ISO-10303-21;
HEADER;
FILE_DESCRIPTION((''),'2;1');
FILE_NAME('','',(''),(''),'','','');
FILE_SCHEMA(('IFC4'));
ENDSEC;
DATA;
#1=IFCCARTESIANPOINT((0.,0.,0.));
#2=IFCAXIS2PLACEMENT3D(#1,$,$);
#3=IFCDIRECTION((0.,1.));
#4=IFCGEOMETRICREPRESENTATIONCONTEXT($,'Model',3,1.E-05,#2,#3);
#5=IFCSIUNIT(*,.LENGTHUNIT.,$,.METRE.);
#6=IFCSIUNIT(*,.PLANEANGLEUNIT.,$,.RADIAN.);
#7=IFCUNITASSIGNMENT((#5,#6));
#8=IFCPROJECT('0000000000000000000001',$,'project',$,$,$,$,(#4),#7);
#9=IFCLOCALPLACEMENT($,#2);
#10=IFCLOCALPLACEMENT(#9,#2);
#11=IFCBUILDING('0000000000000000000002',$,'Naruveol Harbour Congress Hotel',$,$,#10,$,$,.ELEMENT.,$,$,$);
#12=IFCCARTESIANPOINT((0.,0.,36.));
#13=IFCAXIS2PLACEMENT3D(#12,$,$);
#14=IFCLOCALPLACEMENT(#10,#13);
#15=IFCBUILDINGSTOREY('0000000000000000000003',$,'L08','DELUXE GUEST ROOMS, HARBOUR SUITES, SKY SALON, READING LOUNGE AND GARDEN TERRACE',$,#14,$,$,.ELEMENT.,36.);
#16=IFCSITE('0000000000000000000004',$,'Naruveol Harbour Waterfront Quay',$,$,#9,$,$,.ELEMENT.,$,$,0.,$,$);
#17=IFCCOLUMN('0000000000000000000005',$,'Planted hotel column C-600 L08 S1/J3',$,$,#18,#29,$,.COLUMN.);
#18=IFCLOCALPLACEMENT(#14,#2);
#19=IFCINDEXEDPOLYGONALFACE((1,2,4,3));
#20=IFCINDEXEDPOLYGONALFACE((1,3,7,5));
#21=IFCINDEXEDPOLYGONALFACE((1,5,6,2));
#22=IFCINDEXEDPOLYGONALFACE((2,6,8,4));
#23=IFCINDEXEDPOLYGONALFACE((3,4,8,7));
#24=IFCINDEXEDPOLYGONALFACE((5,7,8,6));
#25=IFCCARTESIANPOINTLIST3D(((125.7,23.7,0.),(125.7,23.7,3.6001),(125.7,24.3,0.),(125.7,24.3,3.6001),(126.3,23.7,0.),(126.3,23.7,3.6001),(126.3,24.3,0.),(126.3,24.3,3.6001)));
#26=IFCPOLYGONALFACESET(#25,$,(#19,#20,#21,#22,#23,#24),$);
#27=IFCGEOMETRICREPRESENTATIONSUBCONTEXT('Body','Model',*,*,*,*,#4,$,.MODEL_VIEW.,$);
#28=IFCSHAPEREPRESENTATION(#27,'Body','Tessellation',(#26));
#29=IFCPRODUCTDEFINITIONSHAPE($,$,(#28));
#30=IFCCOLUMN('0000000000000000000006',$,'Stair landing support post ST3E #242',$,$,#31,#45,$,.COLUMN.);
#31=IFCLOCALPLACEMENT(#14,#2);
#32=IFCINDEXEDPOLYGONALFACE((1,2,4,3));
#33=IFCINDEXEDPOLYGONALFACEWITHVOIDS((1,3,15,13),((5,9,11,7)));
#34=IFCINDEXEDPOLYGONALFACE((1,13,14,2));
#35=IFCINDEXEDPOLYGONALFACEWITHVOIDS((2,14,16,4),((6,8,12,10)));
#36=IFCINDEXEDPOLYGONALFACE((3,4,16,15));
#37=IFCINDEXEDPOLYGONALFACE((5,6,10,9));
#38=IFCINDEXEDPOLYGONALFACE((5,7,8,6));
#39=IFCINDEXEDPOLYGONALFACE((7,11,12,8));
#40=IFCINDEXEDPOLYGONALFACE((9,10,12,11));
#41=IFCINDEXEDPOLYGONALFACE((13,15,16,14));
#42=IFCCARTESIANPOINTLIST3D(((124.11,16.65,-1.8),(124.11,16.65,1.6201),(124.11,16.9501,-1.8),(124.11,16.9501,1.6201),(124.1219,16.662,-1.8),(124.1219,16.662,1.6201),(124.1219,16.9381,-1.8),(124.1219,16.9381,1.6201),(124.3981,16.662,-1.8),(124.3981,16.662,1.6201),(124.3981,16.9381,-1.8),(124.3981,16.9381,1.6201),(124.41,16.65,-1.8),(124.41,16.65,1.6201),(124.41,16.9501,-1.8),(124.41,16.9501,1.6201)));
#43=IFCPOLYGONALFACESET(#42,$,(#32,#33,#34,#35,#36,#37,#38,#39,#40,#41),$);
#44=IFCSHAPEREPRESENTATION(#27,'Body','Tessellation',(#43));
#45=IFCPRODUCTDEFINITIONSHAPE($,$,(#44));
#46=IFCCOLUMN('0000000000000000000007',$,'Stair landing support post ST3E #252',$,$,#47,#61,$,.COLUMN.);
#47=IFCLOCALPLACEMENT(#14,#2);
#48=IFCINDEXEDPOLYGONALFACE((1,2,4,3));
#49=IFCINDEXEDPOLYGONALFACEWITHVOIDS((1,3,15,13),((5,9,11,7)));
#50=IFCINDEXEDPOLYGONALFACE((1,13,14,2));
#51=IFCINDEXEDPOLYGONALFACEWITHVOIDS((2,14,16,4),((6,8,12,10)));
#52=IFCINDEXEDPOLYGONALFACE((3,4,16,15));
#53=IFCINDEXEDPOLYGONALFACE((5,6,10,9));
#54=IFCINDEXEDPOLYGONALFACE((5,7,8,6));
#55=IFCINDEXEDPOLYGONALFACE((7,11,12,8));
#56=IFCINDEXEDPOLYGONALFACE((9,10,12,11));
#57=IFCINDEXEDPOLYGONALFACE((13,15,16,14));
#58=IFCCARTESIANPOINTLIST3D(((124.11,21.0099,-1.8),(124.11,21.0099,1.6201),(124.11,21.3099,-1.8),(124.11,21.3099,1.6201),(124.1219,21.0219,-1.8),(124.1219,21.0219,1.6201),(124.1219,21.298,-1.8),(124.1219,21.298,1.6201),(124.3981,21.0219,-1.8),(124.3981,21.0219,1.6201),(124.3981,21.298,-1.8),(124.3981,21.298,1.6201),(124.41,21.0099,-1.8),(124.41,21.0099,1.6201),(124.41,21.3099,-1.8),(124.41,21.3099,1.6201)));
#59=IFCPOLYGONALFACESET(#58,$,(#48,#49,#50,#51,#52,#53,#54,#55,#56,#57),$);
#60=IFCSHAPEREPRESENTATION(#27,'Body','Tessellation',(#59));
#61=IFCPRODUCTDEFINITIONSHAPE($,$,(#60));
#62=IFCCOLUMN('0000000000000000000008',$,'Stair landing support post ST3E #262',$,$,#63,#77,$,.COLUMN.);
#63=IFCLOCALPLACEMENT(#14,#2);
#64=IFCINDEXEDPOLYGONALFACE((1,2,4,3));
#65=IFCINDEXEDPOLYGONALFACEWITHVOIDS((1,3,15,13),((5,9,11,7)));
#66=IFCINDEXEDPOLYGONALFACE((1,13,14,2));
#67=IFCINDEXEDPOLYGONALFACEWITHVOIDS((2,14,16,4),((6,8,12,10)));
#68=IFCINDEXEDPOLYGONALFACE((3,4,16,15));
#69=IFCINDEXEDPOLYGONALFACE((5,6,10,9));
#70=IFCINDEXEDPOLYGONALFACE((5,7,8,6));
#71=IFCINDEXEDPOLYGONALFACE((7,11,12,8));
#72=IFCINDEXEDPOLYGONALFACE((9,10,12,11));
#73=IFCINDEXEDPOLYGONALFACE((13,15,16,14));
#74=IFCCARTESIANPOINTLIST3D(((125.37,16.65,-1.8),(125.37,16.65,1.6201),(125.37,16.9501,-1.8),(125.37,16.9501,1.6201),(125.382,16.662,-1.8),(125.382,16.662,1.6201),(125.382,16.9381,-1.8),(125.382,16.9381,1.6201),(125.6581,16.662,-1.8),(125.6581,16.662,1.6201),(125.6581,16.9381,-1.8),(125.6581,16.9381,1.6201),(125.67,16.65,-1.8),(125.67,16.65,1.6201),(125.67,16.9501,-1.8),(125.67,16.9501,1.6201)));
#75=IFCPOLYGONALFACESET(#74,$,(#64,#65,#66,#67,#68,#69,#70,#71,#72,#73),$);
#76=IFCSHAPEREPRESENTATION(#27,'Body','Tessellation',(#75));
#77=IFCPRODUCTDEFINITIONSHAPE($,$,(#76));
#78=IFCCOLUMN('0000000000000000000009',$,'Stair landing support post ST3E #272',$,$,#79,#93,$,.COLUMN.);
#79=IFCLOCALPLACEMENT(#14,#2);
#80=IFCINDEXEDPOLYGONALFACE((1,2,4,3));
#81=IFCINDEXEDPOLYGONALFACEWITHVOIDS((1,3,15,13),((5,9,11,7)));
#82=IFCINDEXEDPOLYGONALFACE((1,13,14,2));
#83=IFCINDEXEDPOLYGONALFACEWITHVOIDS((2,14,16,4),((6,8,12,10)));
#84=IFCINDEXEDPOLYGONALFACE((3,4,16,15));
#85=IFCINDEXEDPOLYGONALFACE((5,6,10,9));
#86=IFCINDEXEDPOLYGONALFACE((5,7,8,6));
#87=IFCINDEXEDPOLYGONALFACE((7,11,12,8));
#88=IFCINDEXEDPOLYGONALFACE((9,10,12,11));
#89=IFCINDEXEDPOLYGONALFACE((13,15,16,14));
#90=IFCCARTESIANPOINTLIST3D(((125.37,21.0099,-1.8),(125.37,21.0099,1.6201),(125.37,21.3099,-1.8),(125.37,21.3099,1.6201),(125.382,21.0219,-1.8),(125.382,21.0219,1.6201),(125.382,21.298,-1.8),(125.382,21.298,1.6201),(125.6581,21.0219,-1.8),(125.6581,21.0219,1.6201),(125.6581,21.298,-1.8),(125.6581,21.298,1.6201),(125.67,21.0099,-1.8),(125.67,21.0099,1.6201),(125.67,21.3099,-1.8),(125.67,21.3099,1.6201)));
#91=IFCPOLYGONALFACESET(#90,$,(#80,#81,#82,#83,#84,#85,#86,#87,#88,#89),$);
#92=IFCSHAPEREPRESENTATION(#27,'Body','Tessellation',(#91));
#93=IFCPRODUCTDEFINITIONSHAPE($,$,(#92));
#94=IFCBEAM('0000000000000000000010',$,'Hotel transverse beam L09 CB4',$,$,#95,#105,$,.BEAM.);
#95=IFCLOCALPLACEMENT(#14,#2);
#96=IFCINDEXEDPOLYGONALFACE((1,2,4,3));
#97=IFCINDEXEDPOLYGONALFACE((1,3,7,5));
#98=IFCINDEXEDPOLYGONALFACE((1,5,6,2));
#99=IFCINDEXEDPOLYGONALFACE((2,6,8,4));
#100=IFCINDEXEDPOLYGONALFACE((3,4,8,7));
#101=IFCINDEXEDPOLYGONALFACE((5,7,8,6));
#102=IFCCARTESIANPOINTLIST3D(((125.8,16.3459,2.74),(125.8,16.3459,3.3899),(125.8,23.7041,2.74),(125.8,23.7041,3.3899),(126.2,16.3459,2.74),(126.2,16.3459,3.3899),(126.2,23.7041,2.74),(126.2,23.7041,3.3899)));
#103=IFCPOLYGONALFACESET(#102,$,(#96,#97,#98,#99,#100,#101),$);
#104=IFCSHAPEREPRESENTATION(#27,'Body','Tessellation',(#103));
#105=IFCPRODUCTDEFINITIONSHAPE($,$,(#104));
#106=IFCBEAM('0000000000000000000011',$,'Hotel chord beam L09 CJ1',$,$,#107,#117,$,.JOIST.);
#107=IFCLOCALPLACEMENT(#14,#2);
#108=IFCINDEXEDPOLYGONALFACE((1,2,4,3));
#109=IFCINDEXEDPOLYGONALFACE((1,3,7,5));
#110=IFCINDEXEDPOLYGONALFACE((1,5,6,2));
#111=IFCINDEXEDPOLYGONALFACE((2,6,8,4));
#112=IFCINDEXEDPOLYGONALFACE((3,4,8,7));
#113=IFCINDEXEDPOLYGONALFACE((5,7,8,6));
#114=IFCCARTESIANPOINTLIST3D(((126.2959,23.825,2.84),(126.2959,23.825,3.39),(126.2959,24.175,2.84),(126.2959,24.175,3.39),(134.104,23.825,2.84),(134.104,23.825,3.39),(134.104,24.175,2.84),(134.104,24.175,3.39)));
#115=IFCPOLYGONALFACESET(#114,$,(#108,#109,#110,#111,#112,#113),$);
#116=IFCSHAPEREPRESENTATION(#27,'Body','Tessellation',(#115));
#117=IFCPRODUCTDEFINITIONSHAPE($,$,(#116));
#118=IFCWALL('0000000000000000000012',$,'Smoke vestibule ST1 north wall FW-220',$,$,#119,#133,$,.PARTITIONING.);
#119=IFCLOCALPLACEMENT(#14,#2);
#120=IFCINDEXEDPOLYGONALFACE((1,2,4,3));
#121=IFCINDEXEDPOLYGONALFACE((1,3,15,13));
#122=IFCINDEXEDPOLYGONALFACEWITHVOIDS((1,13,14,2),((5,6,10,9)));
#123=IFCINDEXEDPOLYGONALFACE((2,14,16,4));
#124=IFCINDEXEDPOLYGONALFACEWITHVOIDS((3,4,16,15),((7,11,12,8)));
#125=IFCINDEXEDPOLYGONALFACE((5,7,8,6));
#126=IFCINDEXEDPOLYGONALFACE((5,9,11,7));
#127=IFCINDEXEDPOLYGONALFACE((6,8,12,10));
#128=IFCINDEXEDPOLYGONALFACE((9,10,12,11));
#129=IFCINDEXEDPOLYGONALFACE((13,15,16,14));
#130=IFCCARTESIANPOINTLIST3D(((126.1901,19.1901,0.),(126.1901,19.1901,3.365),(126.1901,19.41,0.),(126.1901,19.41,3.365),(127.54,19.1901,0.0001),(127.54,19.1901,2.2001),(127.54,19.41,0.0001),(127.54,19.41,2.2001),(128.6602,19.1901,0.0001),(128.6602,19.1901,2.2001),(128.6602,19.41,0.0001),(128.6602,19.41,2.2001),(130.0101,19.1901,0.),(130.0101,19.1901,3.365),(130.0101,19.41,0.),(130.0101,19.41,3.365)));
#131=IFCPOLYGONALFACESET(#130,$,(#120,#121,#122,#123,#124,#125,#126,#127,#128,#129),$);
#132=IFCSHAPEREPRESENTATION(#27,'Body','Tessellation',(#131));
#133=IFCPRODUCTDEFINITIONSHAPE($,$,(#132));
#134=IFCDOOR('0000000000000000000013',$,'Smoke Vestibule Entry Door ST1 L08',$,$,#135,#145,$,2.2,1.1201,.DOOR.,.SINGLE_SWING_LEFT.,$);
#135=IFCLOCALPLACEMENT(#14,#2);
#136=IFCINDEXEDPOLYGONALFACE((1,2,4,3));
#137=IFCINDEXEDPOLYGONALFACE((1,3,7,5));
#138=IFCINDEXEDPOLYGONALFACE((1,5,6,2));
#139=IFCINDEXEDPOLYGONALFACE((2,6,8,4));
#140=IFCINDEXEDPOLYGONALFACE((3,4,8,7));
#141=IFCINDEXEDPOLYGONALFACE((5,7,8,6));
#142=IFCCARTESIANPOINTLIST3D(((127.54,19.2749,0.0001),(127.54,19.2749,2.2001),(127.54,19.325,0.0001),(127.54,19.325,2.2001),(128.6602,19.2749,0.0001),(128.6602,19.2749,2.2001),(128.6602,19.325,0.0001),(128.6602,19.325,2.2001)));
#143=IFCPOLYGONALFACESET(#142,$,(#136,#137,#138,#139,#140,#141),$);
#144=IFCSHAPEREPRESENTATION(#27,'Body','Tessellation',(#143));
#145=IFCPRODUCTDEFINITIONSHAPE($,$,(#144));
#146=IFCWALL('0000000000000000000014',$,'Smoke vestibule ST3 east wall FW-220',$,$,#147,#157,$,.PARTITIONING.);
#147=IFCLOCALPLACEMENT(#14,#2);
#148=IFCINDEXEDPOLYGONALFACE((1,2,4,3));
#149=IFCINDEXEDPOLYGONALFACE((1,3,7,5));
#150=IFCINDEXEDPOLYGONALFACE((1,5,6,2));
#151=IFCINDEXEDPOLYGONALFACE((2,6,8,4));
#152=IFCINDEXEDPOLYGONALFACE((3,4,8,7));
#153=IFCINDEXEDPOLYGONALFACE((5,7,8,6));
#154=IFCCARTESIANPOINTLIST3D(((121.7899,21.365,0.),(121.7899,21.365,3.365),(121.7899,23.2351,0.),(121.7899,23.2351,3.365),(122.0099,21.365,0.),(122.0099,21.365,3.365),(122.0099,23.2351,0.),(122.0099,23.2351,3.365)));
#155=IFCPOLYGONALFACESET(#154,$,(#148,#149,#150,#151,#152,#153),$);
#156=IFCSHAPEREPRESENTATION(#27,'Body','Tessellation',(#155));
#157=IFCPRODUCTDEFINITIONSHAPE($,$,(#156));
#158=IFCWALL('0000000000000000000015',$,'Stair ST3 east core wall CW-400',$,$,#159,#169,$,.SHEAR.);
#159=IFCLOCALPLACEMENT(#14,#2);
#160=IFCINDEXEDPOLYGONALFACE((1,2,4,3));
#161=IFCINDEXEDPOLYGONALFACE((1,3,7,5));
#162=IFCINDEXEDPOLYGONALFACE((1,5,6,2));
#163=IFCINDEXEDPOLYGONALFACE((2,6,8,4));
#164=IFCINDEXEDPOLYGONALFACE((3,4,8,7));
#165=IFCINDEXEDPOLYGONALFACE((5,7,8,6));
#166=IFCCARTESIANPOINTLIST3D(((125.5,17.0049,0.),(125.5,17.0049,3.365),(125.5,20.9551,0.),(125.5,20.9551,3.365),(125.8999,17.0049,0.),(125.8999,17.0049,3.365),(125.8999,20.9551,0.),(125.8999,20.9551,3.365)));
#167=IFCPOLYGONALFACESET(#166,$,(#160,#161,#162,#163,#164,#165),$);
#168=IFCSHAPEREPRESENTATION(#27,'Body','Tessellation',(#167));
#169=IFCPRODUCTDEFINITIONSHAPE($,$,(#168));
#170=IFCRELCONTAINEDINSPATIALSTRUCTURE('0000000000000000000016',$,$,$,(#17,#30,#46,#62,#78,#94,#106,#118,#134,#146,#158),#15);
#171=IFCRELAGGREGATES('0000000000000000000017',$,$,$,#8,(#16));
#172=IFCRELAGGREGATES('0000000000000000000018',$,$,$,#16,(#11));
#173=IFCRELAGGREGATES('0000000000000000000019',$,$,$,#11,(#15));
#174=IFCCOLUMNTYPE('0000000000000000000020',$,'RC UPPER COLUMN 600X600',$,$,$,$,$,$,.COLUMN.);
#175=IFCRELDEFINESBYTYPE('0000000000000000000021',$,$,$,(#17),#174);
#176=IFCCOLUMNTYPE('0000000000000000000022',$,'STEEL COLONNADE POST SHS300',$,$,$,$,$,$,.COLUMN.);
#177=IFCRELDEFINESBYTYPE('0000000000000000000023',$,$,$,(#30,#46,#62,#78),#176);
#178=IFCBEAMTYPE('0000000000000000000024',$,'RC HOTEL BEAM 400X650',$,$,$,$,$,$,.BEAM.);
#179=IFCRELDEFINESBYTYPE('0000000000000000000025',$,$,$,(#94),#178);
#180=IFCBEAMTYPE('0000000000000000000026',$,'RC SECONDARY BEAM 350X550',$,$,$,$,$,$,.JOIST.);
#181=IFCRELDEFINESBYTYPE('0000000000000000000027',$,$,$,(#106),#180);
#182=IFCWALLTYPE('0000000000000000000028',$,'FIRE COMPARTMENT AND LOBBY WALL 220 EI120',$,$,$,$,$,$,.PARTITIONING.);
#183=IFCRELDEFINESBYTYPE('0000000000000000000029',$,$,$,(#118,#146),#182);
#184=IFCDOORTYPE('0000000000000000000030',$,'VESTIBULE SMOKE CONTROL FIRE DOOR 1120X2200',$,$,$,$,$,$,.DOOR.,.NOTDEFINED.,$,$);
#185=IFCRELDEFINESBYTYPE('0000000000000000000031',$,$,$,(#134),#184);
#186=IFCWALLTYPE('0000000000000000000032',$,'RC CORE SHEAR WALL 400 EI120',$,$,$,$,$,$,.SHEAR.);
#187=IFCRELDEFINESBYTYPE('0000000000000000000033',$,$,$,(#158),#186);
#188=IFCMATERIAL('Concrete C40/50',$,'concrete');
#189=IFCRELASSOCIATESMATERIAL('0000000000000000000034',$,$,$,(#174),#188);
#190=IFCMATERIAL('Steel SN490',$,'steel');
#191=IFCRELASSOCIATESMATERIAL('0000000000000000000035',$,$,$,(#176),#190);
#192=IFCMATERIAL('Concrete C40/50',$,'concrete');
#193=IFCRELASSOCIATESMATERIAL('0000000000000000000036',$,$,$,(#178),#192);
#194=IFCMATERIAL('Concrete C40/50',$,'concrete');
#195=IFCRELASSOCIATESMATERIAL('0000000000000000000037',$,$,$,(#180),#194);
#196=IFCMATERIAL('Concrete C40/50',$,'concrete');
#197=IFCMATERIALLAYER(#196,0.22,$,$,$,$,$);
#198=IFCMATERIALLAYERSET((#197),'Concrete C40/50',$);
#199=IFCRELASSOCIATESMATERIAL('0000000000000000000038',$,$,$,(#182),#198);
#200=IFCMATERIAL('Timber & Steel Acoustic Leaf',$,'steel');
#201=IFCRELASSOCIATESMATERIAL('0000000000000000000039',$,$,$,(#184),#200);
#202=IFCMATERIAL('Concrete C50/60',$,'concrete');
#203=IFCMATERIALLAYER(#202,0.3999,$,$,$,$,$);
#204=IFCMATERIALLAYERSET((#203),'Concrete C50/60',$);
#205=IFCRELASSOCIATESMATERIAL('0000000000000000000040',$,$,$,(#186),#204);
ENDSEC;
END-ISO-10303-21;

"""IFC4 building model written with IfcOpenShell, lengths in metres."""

from ifc_helpers import new_model, si_unit, direction, frame, frame_2d, origin, origin_2d, place, context, subcontext, project, spatial, rectangle, hollow_rectangle, extrude, material, layer, layer_set, material_profile, profile_set, type_object, element, fill, save


model = new_model("IFC4")

# Units and contexts
model_context = context("Model", 3, precision=1e-05, world=origin(), true_north=direction((0.0, 1.0)))
body_context = subcontext(model_context, "Body", "Model", "MODEL_VIEW")
ifc_project = project(units=[si_unit("LENGTHUNIT", "METRE"), si_unit("PLANEANGLEUNIT", "RADIAN")], contexts=[model_context])

# Site, building, storey
site_placement = place(None, origin())
site = spatial("IfcSite", under=ifc_project, at=site_placement, Name="Naruveol Harbour Waterfront Quay", CompositionType="ELEMENT", RefElevation=0.0)
building_placement = place(site_placement, origin())
building = spatial("IfcBuilding", under=site, at=building_placement, Name="Naruveol Harbour Congress Hotel", CompositionType="ELEMENT")
storey_placement = place(building_placement, frame((0.0, 0.0, 36.0)))
storey = spatial("IfcBuildingStorey", under=building, at=storey_placement, Name="L08", Description="DELUXE GUEST ROOMS, HARBOUR SUITES, SKY SALON, READING LOUNGE AND GARDEN TERRACE", CompositionType="ELEMENT", Elevation=36.0)

# Columns
ifc_material_1 = material(Name="Concrete C40/50", Category="concrete")
ifc_material_profile_1 = material_profile(ifc_material_1, rectangle(XDim=0.6001, YDim=0.6001, at=origin_2d()), Name="RC-600x600")
ifc_profile_set_1 = profile_set([ifc_material_profile_1], Name="Concrete C40/50")
column_type_1 = type_object("IfcColumnType", Name="RC UPPER COLUMN 600X600", PredefinedType="COLUMN", material=ifc_profile_set_1)
column_placement = place(storey_placement, frame((126.0, 24.0, 0.0), z_axis=(0.0, 0.0, 1.0), x_axis=(1.0, 0.0, 0.0)))
element("IfcColumn", 1, at=column_placement, inside=storey, type_object=column_type_1, Name="Planted hotel column C-600 L08 S1/J3", PredefinedType="COLUMN", context=body_context, shape_type="SweptSolid", body=[
    extrude(rectangle(XDim=0.6001, YDim=0.6001, at=origin_2d()), origin(), (0.0, 0.0, 1.0), 3.6001),
])
ifc_material_2 = material(Name="Steel SN490", Category="steel")
ifc_material_profile_2 = material_profile(ifc_material_2, hollow_rectangle(XDim=0.3, YDim=0.3, WallThickness=0.012, at=origin_2d()), Name="SHS-300x300x12")
ifc_profile_set_2 = profile_set([ifc_material_profile_2], Name="Steel SN490")
column_type_2 = type_object("IfcColumnType", Name="STEEL COLONNADE POST SHS300", PredefinedType="COLUMN", material=ifc_profile_set_2)
for number, where, z_axis, x_axis, name in (
    (2, (124.26, 16.8, -1.8), (0.0, 0.0, 1.0), (1.0, 0.0, 0.0), "Stair landing support post ST3E #242"),
    (3, (124.26, 21.1599, -1.8), (0.0, 0.0, 1.0), (1.0, 0.0, 0.0), "Stair landing support post ST3E #252"),
    (4, (125.52, 16.8, -1.8), (0.0, 0.0, 1.0), (1.0, 0.0, 0.0), "Stair landing support post ST3E #262"),
    (5, (125.52, 21.1599, -1.8), (0.0, 0.0, 1.0), (1.0, 0.0, 0.0), "Stair landing support post ST3E #272"),
):
    element("IfcColumn", number, at=place(storey_placement, frame(where, z_axis=z_axis, x_axis=x_axis)), inside=storey, type_object=column_type_2, Name=name, PredefinedType="COLUMN", context=body_context, shape_type="SweptSolid", body=[
        extrude(hollow_rectangle(XDim=0.3, YDim=0.3, WallThickness=0.012, at=origin_2d()), origin(), (0.0, 0.0, 1.0), 3.4202),
    ])

# Beams
ifc_material_3 = material(Name="Concrete C40/50", Category="concrete")
ifc_material_profile_3 = material_profile(ifc_material_3, rectangle(XDim=0.3999, YDim=0.6499, at=origin_2d()), Name="RCB-400x650")
ifc_profile_set_3 = profile_set([ifc_material_profile_3], Name="Concrete C40/50")
beam_type_1 = type_object("IfcBeamType", Name="RC HOTEL BEAM 400X650", PredefinedType="BEAM", material=ifc_profile_set_3)
beam_1_placement = place(storey_placement, frame((126.0, 16.3459, 3.0649), z_axis=(0.0, 1.0, 0.0), x_axis=(-1.0, 0.0, 0.0)))
element("IfcBeam", 6, at=beam_1_placement, inside=storey, type_object=beam_type_1, Name="Hotel transverse beam L09 CB4", PredefinedType="BEAM", context=body_context, shape_type="SweptSolid", body=[
    extrude(rectangle(XDim=0.3999, YDim=0.6499, at=origin_2d()), origin(), (0.0, 0.0, 1.0), 7.3582),
])
ifc_material_4 = material(Name="Concrete C40/50", Category="concrete")
ifc_material_profile_4 = material_profile(ifc_material_4, rectangle(XDim=0.3501, YDim=0.55, at=origin_2d()), Name="RCB-350x550")
ifc_profile_set_4 = profile_set([ifc_material_profile_4], Name="Concrete C40/50")
beam_type_2 = type_object("IfcBeamType", Name="RC SECONDARY BEAM 350X550", PredefinedType="JOIST", material=ifc_profile_set_4)
beam_2_placement = place(storey_placement, frame((126.2959, 24.0, 3.115), z_axis=(1.0, 0.0, 0.0), x_axis=(0.0, 1.0, 0.0)))
element("IfcBeam", 7, at=beam_2_placement, inside=storey, type_object=beam_type_2, Name="Hotel chord beam L09 CJ1", PredefinedType="JOIST", context=body_context, shape_type="SweptSolid", body=[
    extrude(rectangle(XDim=0.3501, YDim=0.55, at=origin_2d()), origin(), (0.0, 0.0, 1.0), 7.8081),
])

# Wall, opening, door
ifc_material_5 = material(Name="Concrete C40/50", Category="concrete")
ifc_layer_1 = layer(ifc_material_5, 0.22)
ifc_layer_set_1 = layer_set([ifc_layer_1], Name="Concrete C40/50")
wall_type_1 = type_object("IfcWallType", Name="FIRE COMPARTMENT AND LOBBY WALL 220 EI120", PredefinedType="PARTITIONING", material=ifc_layer_set_1)
wall_1_placement = place(storey_placement, frame((126.1899, 19.3, 0.0), z_axis=(0.0, 0.0, 1.0), x_axis=(1.0, 0.0, 0.0)))
wall_1 = element("IfcWall", 8, at=wall_1_placement, inside=storey, type_object=wall_type_1, Name="Smoke vestibule ST1 north wall FW-220", PredefinedType="PARTITIONING", context=body_context, shape_type="SweptSolid", body=[
    extrude(rectangle(XDim=3.8201, YDim=0.22, at=frame_2d((1.9102, 0.0))), origin(), (0.0, 0.0, 1.0), 3.365),
])
opening_placement = place(wall_1_placement, frame((1.3501, 0.0, 0.0)))
opening = element("IfcOpeningElement", 9, at=opening_placement, cuts=wall_1, PredefinedType="OPENING", context=body_context, shape_type="SweptSolid", body=[
    extrude(rectangle(XDim=1.1201, YDim=2.2, at=frame_2d((0.5601, 1.1001))), frame((0.0, 0.1199, 0.0), z_axis=(0.0, -1.0, 0.0), x_axis=(1.0, 0.0, 0.0)), (0.0, 0.0, 1.0), 0.24),
])
ifc_material_6 = material(Name="Timber & Steel Acoustic Leaf", Category="steel")
door_type = type_object("IfcDoorType", Name="VESTIBULE SMOKE CONTROL FIRE DOOR 1120X2200", OperationType="NOTDEFINED", PredefinedType="DOOR", material=ifc_material_6)
door_placement = place(opening_placement, origin())
door = element("IfcDoor", 10, at=door_placement, inside=storey, type_object=door_type, Name="Smoke Vestibule Entry Door ST1 L08", OperationType="SINGLE_SWING_LEFT", OverallHeight=2.2, OverallWidth=1.1201, PredefinedType="DOOR", context=body_context, shape_type="SweptSolid", body=[
    extrude(rectangle(XDim=1.1201, YDim=2.2, at=frame_2d((0.5601, 1.1001))), frame((0.0, 0.0249, 0.0), z_axis=(0.0, -1.0, 0.0), x_axis=(1.0, 0.0, 0.0)), (0.0, 0.0, 1.0), 0.05),
])
fill(opening, door)

# Walls
wall_2_placement = place(storey_placement, frame((121.8999, 21.365, 0.0), z_axis=(0.0, 0.0, 1.0), x_axis=(0.0, 1.0, 0.0)))
element("IfcWall", 11, at=wall_2_placement, inside=storey, type_object=wall_type_1, Name="Smoke vestibule ST3 east wall FW-220", PredefinedType="PARTITIONING", context=body_context, shape_type="SweptSolid", body=[
    extrude(rectangle(XDim=1.8701, YDim=0.22, at=frame_2d((0.9351, 0.0))), origin(), (0.0, 0.0, 1.0), 3.365),
])
ifc_material_7 = material(Name="Concrete C50/60", Category="concrete")
ifc_layer_2 = layer(ifc_material_7, 0.3999)
ifc_layer_set_2 = layer_set([ifc_layer_2], Name="Concrete C50/60")
wall_type_2 = type_object("IfcWallType", Name="RC CORE SHEAR WALL 400 EI120", PredefinedType="SHEAR", material=ifc_layer_set_2)
wall_3_placement = place(storey_placement, frame((125.7, 17.0049, 0.0), z_axis=(0.0, 0.0, 1.0), x_axis=(0.0, 1.0, 0.0)))
element("IfcWall", 12, at=wall_3_placement, inside=storey, type_object=wall_type_2, Name="Stair ST3 east core wall CW-400", PredefinedType="SHEAR", context=body_context, shape_type="SweptSolid", body=[
    extrude(rectangle(XDim=3.9502, YDim=0.3999, at=frame_2d((1.9751, 0.0))), origin(), (0.0, 0.0, 1.0), 3.365),
])

save(model, "model.ifc")
